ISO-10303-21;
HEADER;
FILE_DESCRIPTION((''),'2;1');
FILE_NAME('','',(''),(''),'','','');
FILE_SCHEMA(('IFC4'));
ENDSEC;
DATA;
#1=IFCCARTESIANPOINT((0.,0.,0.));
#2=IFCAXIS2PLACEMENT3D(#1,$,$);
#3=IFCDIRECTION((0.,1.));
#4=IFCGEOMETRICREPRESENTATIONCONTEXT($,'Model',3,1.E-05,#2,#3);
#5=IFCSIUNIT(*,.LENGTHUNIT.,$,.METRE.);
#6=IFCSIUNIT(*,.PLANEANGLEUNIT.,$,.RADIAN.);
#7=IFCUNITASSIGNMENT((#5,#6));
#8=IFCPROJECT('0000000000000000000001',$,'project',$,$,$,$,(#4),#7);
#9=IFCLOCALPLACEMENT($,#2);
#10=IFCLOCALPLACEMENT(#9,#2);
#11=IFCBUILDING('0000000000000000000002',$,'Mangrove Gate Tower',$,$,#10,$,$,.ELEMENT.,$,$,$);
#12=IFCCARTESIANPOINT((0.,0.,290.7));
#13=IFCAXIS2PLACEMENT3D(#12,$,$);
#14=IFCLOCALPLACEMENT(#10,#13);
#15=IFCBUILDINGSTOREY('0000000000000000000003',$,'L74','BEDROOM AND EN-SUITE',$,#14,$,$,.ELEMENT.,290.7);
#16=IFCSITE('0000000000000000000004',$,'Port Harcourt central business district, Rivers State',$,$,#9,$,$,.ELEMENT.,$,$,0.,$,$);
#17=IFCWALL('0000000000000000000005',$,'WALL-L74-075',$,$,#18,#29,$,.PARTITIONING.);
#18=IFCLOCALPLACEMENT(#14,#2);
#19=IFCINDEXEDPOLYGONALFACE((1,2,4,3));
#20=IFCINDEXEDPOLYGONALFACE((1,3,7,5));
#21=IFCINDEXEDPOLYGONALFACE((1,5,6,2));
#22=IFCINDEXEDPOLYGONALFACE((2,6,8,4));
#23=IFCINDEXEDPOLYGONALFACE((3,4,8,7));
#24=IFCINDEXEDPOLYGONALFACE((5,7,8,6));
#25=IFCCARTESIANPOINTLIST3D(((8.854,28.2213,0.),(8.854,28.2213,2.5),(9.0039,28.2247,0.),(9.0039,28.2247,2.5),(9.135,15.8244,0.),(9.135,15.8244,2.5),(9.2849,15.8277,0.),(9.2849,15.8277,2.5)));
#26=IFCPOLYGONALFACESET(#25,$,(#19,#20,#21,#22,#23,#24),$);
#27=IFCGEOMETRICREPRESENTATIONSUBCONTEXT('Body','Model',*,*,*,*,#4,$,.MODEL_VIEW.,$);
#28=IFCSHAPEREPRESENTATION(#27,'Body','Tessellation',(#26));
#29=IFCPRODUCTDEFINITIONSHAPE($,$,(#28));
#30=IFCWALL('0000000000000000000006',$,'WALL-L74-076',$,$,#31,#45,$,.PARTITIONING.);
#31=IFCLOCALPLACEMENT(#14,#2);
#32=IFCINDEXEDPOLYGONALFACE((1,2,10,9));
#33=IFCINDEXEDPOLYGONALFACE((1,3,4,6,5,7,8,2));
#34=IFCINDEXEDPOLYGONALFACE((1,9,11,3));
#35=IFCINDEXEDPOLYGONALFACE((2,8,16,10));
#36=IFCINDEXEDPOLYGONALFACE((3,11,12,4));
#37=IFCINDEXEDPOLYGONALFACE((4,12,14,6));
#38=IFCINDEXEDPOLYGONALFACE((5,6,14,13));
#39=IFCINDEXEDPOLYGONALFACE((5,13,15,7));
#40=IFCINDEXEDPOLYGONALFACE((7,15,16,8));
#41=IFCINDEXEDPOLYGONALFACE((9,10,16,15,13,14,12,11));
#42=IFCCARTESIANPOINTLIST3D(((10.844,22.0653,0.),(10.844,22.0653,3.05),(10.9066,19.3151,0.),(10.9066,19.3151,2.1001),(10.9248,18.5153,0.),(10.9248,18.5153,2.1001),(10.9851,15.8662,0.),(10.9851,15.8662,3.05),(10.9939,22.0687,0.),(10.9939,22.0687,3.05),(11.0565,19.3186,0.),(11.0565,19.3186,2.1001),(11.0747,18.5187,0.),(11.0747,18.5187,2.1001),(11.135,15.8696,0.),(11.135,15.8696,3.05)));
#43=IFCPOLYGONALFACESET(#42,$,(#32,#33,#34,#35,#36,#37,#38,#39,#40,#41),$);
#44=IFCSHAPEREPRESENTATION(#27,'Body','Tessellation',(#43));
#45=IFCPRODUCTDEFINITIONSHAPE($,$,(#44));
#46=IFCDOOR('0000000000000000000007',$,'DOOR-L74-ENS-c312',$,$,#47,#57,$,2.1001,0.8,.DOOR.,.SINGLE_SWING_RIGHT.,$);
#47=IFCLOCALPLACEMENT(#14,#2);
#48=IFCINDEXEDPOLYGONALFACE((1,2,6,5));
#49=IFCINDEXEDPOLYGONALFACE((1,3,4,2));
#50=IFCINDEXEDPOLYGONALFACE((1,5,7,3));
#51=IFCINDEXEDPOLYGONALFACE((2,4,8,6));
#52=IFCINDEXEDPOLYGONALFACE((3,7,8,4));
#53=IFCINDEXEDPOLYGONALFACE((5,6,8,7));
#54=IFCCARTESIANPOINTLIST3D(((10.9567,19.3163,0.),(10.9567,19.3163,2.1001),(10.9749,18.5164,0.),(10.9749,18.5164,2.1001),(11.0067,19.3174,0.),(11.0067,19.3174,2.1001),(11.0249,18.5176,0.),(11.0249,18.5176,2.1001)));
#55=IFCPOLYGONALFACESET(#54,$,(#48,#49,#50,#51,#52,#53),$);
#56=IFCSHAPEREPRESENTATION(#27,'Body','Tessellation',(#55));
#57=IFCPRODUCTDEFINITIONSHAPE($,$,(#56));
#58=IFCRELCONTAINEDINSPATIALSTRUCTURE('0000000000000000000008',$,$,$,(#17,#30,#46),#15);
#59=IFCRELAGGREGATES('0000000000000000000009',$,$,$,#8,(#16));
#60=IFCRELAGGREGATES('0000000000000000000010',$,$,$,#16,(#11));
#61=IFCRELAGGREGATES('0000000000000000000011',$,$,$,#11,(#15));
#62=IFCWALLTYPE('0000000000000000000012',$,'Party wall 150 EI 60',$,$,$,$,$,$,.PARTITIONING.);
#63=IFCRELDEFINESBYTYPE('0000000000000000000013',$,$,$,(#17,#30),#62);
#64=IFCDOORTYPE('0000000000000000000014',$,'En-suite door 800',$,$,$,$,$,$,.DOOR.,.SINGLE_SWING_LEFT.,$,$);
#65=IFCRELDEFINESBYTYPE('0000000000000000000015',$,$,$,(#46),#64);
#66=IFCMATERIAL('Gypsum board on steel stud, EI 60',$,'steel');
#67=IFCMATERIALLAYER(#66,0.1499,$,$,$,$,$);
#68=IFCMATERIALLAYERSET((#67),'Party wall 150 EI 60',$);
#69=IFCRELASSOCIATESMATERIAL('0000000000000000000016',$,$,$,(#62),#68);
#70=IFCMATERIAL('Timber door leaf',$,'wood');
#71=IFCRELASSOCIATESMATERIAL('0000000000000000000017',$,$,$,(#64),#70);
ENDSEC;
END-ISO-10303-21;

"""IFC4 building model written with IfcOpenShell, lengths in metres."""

from ifc_helpers import new_model, si_unit, direction, frame, frame_2d, origin, place, context, subcontext, project, spatial, rectangle, extrude, material, layer, layer_set, type_object, element, fill, save


model = new_model("IFC4")

# Units and contexts
model_context = context("Model", 3, precision=1e-05, world=origin(), true_north=direction((0.0, 1.0)))
body_context = subcontext(model_context, "Body", "Model", "MODEL_VIEW")
ifc_project = project(units=[si_unit("LENGTHUNIT", "METRE"), si_unit("PLANEANGLEUNIT", "RADIAN")], contexts=[model_context])

# Site, building, storey
site_placement = place(None, origin())
site = spatial("IfcSite", under=ifc_project, at=site_placement, Name="Port Harcourt central business district, Rivers State", CompositionType="ELEMENT", RefElevation=0.0)
building_placement = place(site_placement, origin())
building = spatial("IfcBuilding", under=site, at=building_placement, Name="Mangrove Gate Tower", CompositionType="ELEMENT")
storey_placement = place(building_placement, frame((0.0, 0.0, 290.7)))
storey = spatial("IfcBuildingStorey", under=building, at=storey_placement, Name="L74", Description="BEDROOM AND EN-SUITE", CompositionType="ELEMENT", Elevation=290.7)

# Shared definitions
ifc_material_1 = material(Name="Gypsum board on steel stud, EI 60", Category="steel")
ifc_layer_1 = layer(ifc_material_1, 0.1499)
ifc_layer_set_1 = layer_set([ifc_layer_1], Name="Party wall 150 EI 60")
wall_type_1 = type_object("IfcWallType", Name="Party wall 150 EI 60", PredefinedType="PARTITIONING", material=ifc_layer_set_1)

# Shared definitions
ifc_material_2 = material(Name="Timber door leaf", Category="wood")
door_type_1 = type_object("IfcDoorType", Name="En-suite door 800", OperationType="SINGLE_SWING_LEFT", PredefinedType="DOOR", material=ifc_material_2)

# Wall
wall_1_placement = place(storey_placement, frame((9.21, 15.8259, 0.0), z_axis=(0.0, 0.0, 1.0), x_axis=(-0.022661, 0.999743, 0.0)))
element("IfcWall", 1, at=wall_1_placement, inside=storey, type_object=wall_type_1, Name="WALL-L74-075", PredefinedType="PARTITIONING", context=body_context, shape_type="SweptSolid", body=[
    extrude(rectangle(XDim=12.4001, YDim=0.1499, at=frame_2d((6.2002, 0.0))), origin(), (0.0, 0.0, 1.0), 2.5),
])

# Wall, opening, door
wall_2_placement = place(storey_placement, frame((11.0601, 15.8679, 0.0), z_axis=(0.0, 0.0, 1.0), x_axis=(-0.022758, 0.999741, 0.0)))
wall_2 = element("IfcWall", 2, at=wall_2_placement, inside=storey, type_object=wall_type_1, Name="WALL-L74-076", PredefinedType="PARTITIONING", context=body_context, shape_type="SweptSolid", body=[
    extrude(rectangle(XDim=6.2007, YDim=0.1499, at=frame_2d((3.1003, 0.0))), origin(), (0.0, 0.0, 1.0), 3.05),
])
opening_1_placement = place(wall_2_placement, frame((2.6499, 0.0, 0.0)))
opening_1 = element("IfcOpeningElement", 3, at=opening_1_placement, cuts=wall_2, PredefinedType="OPENING", context=body_context, shape_type="SweptSolid", body=[
    extrude(rectangle(XDim=0.8, YDim=2.1001, at=frame_2d((0.3999, 1.05))), frame((0.0, 0.085, 0.0), z_axis=(0.0, -1.0, 0.0), x_axis=(1.0, 0.0, 0.0)), (0.0, 0.0, 1.0), 0.1699),
])
door_1_placement = place(opening_1_placement, origin())
door_1 = element("IfcDoor", 4, at=door_1_placement, inside=storey, type_object=door_type_1, Name="DOOR-L74-ENS-c312", OperationType="SINGLE_SWING_RIGHT", OverallHeight=2.1001, OverallWidth=0.8, PredefinedType="DOOR", context=body_context, shape_type="SweptSolid", body=[
    extrude(rectangle(XDim=0.8, YDim=2.1001, at=frame_2d((0.3999, 1.05))), frame((0.0, 0.0249, 0.0), z_axis=(0.0, -1.0, 0.0), x_axis=(1.0, 0.0, 0.0)), (0.0, 0.0, 1.0), 0.05),
])
fill(opening_1, door_1)

save(model, "model.ifc")
